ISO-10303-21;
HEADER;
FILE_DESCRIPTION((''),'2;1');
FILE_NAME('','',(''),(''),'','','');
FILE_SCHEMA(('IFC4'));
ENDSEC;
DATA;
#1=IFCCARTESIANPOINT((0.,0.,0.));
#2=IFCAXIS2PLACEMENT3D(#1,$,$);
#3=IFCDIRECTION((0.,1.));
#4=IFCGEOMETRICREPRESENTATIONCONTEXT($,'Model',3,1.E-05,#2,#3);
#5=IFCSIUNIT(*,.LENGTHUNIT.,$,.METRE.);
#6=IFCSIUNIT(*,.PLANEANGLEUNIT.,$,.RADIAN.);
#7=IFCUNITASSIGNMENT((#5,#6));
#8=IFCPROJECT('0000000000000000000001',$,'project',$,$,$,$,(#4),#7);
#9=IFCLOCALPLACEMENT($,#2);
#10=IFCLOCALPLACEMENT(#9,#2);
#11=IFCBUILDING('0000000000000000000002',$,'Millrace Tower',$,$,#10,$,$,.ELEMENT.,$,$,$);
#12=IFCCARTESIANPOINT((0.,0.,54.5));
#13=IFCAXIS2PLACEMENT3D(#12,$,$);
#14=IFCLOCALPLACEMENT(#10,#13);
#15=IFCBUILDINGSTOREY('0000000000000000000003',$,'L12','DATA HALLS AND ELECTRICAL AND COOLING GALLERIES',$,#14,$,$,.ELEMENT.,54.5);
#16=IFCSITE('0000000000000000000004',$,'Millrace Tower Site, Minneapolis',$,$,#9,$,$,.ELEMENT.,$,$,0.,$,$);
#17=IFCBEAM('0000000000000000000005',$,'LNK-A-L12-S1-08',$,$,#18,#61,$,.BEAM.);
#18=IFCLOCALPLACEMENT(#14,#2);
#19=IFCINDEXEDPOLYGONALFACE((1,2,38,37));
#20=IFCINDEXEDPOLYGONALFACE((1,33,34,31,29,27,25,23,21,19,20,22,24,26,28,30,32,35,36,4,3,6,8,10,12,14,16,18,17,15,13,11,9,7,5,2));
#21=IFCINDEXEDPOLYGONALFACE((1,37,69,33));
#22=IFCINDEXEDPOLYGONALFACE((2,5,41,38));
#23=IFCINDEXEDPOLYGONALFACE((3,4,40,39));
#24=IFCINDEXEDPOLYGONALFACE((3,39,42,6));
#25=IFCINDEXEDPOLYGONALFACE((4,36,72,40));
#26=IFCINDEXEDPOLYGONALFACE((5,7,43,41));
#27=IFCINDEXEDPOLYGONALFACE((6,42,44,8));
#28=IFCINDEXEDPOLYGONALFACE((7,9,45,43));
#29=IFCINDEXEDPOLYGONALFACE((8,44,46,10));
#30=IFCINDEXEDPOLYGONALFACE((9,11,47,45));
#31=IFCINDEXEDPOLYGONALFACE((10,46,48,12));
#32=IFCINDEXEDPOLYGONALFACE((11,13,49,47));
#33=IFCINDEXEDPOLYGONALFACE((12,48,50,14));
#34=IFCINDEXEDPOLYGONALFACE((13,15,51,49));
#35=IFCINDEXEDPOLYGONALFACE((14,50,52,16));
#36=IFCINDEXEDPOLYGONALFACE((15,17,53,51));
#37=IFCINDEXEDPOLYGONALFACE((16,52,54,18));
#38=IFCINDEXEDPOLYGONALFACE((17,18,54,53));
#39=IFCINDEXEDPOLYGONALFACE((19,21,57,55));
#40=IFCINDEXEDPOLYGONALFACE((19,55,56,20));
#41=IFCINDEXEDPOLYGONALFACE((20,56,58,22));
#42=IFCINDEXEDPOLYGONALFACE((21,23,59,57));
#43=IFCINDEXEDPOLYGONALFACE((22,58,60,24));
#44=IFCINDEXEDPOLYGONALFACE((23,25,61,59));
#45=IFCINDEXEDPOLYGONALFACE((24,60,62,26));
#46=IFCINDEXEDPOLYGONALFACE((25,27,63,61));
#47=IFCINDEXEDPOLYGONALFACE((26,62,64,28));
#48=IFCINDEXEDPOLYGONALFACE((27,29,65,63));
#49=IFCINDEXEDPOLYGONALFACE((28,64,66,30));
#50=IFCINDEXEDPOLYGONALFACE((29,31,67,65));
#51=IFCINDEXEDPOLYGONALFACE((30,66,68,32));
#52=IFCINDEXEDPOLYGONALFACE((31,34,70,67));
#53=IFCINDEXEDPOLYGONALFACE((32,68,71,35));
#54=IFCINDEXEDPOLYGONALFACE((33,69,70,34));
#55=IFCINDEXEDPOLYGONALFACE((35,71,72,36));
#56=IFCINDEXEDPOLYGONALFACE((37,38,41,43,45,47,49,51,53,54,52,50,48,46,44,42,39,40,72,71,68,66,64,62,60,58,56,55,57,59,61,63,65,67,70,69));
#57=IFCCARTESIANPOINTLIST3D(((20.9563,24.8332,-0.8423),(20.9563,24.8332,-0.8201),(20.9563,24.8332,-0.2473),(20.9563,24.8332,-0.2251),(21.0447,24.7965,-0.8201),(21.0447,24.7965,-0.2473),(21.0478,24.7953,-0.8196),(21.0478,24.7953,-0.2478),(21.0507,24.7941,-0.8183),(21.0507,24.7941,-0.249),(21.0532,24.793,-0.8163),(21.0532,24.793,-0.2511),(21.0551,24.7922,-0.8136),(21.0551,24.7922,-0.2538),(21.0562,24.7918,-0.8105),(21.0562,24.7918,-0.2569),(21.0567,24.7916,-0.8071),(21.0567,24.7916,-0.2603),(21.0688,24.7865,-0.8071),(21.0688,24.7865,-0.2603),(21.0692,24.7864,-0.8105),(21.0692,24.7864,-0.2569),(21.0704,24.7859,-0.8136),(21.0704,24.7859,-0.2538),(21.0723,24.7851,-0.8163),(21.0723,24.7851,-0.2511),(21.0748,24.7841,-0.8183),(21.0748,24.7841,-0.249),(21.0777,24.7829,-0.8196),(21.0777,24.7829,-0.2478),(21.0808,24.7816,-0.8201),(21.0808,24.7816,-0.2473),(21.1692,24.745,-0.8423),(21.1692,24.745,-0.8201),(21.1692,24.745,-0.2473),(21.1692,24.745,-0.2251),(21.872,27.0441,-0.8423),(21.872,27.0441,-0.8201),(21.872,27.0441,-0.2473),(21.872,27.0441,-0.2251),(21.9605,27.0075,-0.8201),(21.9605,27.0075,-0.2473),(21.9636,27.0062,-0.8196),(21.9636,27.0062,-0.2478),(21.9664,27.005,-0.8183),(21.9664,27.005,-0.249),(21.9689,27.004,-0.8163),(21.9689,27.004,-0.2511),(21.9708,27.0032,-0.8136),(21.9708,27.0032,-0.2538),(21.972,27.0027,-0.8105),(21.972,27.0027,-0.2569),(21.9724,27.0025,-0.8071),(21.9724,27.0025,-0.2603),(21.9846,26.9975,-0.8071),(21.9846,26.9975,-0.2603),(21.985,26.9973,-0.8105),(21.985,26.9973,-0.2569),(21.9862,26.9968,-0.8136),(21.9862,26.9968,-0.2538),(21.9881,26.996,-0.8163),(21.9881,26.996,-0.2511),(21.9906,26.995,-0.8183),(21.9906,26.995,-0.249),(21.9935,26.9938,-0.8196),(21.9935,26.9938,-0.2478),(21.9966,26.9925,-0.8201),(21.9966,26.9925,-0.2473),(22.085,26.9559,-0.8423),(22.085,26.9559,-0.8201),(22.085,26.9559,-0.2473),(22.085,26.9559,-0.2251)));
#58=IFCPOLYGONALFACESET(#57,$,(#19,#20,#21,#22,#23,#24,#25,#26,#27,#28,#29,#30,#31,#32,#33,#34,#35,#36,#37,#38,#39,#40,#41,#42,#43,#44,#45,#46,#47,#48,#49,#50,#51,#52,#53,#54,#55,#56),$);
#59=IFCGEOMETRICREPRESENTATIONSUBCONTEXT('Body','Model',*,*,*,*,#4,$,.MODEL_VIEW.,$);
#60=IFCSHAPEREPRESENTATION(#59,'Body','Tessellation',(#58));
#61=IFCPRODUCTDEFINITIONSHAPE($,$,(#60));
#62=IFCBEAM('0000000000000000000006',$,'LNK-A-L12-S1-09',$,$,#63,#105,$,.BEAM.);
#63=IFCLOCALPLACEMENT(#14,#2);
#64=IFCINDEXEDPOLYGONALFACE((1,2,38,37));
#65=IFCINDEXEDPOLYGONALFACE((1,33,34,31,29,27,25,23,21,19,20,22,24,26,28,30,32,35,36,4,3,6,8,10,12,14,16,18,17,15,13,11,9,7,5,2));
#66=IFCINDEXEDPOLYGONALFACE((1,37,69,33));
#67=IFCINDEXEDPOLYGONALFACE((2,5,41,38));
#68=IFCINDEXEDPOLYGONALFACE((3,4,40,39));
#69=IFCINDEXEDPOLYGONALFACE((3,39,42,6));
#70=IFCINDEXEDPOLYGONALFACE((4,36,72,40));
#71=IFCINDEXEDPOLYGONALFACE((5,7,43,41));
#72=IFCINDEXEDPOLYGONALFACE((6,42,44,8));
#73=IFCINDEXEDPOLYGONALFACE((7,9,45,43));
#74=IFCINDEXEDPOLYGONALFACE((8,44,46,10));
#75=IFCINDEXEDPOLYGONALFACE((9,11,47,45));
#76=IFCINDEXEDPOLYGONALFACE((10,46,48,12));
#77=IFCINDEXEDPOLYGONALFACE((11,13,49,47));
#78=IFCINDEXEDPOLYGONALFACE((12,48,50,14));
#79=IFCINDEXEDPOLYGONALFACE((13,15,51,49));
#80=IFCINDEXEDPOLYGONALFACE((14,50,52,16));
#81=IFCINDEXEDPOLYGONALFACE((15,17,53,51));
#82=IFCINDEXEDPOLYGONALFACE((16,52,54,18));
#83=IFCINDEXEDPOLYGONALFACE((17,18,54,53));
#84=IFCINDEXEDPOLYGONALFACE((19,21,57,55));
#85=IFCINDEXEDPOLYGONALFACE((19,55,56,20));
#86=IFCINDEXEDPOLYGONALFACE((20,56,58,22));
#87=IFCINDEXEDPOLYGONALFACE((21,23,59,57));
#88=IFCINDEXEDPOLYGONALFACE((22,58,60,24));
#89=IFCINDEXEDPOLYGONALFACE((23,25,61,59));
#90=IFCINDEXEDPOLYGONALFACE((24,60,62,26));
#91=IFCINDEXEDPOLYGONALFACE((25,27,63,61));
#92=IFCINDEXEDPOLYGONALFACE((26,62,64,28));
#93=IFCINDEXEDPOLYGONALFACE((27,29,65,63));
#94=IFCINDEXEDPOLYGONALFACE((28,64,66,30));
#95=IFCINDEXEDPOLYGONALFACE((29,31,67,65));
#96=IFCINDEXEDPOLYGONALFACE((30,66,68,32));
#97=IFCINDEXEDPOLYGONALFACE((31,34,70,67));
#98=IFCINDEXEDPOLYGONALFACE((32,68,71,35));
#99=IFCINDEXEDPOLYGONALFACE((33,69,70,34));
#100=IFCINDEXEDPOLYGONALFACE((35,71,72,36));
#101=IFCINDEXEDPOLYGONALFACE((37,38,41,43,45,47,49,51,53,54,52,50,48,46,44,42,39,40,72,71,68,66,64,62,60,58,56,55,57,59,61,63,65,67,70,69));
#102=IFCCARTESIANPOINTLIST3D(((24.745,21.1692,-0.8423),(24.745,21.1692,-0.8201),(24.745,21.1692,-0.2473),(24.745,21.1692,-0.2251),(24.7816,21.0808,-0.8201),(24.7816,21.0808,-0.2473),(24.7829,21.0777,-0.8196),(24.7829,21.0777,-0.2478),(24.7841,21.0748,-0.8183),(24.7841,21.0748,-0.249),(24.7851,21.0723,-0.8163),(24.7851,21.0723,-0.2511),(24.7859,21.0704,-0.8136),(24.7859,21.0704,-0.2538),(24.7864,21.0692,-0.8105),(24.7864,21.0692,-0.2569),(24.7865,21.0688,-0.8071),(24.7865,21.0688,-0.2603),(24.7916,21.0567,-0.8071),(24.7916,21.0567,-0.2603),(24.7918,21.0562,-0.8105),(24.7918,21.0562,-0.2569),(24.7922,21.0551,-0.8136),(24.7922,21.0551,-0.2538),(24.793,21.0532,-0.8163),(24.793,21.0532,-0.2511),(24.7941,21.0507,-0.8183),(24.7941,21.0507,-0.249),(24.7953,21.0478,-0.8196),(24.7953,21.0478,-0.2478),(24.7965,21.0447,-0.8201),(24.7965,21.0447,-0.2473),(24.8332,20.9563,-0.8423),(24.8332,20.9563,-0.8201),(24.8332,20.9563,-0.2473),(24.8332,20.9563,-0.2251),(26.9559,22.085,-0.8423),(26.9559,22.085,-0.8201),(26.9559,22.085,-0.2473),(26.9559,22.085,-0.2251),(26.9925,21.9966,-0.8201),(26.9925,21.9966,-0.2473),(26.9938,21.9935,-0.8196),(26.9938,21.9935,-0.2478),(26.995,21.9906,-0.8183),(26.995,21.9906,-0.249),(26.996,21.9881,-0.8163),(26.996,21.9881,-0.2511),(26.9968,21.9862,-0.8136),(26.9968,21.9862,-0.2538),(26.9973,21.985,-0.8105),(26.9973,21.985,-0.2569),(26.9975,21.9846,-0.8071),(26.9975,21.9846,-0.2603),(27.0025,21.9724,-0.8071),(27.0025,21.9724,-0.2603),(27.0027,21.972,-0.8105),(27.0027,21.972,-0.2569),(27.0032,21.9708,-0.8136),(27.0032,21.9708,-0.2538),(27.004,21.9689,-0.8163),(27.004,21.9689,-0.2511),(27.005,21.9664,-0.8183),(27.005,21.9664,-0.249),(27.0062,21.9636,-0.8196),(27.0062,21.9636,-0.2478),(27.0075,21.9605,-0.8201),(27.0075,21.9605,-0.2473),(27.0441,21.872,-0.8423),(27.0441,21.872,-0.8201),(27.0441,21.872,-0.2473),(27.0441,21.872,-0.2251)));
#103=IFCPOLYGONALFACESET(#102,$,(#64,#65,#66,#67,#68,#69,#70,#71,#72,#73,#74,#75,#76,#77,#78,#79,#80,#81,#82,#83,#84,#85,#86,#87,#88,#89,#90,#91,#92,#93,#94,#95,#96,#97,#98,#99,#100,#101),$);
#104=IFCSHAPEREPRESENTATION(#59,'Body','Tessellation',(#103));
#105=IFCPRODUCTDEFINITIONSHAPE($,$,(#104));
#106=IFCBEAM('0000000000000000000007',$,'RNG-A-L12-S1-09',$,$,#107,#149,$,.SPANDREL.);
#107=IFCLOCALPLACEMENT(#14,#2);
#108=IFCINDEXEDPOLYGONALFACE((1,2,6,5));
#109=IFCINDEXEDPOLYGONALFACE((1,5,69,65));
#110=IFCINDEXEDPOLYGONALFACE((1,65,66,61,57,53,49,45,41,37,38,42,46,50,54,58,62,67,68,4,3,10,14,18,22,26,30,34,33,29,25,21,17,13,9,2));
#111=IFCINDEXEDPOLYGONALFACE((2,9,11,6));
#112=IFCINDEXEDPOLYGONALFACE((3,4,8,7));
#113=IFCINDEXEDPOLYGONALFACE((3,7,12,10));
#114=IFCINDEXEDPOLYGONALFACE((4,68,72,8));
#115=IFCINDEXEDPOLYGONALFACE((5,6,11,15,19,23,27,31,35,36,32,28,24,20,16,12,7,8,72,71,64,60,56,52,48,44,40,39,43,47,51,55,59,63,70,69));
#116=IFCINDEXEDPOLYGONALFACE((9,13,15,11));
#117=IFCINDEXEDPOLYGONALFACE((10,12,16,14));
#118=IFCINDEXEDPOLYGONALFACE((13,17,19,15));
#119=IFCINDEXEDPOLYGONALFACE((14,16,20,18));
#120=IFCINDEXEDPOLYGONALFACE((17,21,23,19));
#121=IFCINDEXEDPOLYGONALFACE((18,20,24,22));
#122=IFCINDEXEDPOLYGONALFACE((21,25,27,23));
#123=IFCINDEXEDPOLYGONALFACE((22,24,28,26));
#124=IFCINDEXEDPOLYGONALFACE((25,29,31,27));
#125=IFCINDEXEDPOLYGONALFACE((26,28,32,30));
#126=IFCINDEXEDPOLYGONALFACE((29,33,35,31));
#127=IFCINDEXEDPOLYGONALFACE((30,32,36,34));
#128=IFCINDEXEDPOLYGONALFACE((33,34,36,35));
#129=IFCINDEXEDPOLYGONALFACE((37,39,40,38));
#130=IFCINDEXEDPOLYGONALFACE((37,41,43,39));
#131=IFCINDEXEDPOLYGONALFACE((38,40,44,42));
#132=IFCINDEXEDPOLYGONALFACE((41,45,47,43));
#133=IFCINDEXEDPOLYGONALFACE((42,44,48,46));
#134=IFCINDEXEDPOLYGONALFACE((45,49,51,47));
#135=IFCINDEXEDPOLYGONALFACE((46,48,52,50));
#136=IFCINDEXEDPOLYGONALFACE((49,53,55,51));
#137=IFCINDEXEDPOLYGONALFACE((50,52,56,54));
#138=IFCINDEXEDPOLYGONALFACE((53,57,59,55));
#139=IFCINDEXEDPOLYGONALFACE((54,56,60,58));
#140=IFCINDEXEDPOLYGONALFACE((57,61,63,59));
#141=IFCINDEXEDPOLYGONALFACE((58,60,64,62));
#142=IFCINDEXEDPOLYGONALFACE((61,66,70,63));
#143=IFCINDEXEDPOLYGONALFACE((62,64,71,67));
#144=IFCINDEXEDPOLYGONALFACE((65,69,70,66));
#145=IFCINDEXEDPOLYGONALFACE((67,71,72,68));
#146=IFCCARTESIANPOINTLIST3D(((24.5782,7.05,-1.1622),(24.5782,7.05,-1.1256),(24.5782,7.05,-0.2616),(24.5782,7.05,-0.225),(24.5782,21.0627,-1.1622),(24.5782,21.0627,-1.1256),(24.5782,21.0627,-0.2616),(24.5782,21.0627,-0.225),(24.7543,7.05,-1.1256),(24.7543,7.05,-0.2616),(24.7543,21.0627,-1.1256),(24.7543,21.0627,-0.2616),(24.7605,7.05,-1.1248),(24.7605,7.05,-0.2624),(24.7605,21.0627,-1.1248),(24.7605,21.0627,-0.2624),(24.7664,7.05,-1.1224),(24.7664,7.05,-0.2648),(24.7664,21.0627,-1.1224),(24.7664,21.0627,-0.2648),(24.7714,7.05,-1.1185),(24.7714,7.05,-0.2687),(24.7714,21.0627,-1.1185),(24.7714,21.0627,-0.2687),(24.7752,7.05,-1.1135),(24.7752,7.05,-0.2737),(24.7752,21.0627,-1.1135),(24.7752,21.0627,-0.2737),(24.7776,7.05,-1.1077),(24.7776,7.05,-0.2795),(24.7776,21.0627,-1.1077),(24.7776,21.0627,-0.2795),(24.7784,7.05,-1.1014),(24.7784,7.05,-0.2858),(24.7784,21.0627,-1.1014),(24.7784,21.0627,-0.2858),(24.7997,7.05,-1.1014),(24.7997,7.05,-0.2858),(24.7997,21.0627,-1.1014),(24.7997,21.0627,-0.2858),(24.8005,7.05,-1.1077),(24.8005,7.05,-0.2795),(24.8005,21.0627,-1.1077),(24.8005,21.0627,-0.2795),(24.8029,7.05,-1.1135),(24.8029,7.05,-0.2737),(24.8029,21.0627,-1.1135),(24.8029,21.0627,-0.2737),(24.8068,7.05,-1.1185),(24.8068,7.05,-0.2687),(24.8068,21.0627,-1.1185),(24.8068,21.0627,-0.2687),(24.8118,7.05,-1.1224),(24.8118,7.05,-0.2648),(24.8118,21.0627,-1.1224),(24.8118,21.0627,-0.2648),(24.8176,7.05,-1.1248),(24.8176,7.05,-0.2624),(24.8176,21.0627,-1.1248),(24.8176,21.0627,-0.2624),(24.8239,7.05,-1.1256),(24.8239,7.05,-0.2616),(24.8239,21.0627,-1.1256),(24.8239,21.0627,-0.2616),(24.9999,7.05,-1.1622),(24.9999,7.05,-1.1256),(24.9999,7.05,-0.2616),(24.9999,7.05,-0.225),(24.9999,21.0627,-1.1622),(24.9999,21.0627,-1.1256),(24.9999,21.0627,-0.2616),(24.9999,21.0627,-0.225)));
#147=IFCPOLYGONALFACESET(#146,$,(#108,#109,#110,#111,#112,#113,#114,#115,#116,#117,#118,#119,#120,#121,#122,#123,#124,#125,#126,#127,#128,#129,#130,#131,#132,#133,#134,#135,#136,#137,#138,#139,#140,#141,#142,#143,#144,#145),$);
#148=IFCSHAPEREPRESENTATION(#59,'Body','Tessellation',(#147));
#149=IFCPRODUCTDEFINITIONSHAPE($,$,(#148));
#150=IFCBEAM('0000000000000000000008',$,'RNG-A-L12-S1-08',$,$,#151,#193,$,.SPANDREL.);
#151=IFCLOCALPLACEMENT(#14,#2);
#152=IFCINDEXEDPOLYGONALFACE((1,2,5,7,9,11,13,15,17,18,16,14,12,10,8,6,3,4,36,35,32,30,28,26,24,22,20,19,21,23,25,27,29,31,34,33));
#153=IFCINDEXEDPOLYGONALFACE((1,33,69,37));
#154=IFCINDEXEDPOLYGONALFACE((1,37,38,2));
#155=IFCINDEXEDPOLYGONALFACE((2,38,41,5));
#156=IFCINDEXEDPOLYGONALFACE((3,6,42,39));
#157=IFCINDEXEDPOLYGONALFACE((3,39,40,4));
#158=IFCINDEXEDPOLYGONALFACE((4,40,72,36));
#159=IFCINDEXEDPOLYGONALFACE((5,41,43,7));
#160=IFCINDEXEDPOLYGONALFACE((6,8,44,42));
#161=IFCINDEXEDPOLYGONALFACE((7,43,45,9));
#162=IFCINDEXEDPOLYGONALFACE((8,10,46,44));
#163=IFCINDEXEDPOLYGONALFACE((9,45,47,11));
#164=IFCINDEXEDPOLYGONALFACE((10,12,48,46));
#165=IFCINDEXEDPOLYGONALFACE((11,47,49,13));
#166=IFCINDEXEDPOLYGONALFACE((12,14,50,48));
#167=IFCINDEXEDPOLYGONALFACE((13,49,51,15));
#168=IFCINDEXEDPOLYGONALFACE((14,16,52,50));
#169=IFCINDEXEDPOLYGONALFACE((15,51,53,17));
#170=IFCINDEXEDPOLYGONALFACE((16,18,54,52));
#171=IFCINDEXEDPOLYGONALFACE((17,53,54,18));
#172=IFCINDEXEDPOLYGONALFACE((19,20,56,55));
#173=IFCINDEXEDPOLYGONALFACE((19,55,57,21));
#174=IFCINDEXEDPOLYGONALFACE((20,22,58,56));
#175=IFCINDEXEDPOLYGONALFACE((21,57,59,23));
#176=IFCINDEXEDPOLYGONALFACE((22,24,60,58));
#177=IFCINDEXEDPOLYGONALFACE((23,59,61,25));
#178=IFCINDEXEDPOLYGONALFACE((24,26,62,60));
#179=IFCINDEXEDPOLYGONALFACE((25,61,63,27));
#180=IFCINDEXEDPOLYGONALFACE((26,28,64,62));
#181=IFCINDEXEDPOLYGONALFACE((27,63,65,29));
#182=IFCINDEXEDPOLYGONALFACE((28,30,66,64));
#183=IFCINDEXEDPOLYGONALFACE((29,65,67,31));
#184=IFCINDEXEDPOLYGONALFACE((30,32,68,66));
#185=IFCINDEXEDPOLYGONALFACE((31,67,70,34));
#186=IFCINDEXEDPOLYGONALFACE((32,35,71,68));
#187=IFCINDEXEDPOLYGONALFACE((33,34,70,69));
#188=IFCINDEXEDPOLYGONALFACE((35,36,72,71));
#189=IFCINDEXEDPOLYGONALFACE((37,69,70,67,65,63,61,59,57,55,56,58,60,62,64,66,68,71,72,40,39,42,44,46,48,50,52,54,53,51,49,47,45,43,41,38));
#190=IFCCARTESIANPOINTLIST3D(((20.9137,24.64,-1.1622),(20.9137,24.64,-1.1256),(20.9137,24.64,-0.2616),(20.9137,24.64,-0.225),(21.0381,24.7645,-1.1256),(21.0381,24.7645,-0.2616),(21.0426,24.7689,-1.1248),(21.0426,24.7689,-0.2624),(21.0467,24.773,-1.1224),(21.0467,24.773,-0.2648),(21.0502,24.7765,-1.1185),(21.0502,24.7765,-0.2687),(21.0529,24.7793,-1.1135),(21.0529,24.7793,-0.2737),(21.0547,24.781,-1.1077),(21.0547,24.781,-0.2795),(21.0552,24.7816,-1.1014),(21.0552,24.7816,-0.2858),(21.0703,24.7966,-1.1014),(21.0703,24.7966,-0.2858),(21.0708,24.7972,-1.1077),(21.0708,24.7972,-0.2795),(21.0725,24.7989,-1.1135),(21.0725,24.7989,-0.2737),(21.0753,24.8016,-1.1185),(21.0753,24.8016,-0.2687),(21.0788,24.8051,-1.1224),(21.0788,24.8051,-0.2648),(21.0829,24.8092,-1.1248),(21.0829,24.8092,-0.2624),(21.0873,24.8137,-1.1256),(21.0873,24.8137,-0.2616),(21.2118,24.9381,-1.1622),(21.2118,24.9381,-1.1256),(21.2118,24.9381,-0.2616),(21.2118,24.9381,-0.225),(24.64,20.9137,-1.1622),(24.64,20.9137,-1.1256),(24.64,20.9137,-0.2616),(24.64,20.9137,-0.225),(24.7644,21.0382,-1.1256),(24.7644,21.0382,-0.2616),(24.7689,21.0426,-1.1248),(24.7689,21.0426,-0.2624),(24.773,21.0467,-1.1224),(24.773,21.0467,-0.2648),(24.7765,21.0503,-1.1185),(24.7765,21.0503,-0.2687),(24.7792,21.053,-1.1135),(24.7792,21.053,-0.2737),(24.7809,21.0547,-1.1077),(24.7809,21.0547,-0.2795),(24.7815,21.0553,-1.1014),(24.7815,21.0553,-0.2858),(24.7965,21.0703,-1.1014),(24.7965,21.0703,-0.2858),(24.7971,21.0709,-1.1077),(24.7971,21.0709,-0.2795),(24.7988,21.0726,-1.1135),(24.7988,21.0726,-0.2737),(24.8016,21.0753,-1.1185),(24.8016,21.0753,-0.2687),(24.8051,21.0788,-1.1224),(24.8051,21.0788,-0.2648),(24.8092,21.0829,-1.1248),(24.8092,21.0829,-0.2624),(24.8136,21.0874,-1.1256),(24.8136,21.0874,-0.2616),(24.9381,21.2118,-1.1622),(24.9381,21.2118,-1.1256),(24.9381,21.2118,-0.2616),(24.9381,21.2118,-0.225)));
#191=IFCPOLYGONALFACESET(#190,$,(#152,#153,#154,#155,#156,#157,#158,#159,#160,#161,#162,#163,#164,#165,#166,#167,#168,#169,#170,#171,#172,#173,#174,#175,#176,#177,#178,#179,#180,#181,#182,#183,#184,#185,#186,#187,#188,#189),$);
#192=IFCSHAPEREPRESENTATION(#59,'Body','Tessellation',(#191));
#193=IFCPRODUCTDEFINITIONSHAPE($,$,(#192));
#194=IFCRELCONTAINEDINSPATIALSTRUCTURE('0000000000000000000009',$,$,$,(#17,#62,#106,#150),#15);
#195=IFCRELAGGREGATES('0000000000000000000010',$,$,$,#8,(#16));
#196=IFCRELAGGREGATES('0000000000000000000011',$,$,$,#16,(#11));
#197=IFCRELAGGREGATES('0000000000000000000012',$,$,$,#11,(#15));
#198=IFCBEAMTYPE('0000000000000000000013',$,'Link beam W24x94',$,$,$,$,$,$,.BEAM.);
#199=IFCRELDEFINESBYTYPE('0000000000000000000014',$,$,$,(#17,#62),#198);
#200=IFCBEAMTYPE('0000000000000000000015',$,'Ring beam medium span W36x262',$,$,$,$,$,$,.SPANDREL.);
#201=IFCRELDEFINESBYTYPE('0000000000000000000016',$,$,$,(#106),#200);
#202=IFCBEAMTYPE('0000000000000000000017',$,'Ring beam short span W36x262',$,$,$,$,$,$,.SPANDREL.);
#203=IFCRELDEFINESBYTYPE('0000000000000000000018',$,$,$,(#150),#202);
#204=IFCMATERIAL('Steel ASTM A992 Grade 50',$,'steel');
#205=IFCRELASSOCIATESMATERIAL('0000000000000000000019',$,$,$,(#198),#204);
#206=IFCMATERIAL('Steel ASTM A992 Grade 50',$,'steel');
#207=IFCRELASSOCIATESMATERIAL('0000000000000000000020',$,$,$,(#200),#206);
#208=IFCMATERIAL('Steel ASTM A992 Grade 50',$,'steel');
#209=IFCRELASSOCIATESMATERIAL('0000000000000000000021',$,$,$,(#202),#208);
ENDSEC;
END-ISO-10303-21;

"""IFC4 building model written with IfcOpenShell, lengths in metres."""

from ifc_helpers import new_model, si_unit, direction, frame, origin, origin_2d, place, context, subcontext, project, spatial, i_section, extrude, material, material_profile, profile_set, type_object, element, save


model = new_model("IFC4")

# Units and contexts
model_context = context("Model", 3, precision=1e-05, world=origin(), true_north=direction((0.0, 1.0)))
body_context = subcontext(model_context, "Body", "Model", "MODEL_VIEW")
ifc_project = project(units=[si_unit("LENGTHUNIT", "METRE"), si_unit("PLANEANGLEUNIT", "RADIAN")], contexts=[model_context])

# Site, building, storey
site_placement = place(None, origin())
site = spatial("IfcSite", under=ifc_project, at=site_placement, Name="Millrace Tower Site, Minneapolis", CompositionType="ELEMENT", RefElevation=0.0)
building_placement = place(site_placement, origin())
building = spatial("IfcBuilding", under=site, at=building_placement, Name="Millrace Tower", CompositionType="ELEMENT")
storey_placement = place(building_placement, frame((0.0, 0.0, 54.5)))
storey = spatial("IfcBuildingStorey", under=building, at=storey_placement, Name="L12", Description="DATA HALLS AND ELECTRICAL AND COOLING GALLERIES", CompositionType="ELEMENT", Elevation=54.5)

# Beams
ifc_material_1 = material(Name="Steel ASTM A992 Grade 50", Category="steel")
ifc_material_profile_1 = material_profile(ifc_material_1, i_section(OverallWidth=0.2305, OverallDepth=0.6172, WebThickness=0.0132, FlangeThickness=0.0222, FilletRadius=0.0129, at=origin_2d()))
ifc_profile_set_1 = profile_set([ifc_material_profile_1], Name="Steel ASTM A992 Grade 50")
beam_type_1 = type_object("IfcBeamType", Name="Link beam W24x94", PredefinedType="BEAM", material=ifc_profile_set_1)
for number, where, z_axis, x_axis, name in (
    (1, (21.0627, 24.7891, -0.5337), (0.382673, 0.923884, 0.0), (-0.923884, 0.382673, 0.0), "LNK-A-L12-S1-08"),
    (2, (24.7891, 21.0627, -0.5337), (0.923884, 0.382673, 0.0), (-0.382673, 0.923884, 0.0), "LNK-A-L12-S1-09"),
):
    element("IfcBeam", number, at=place(storey_placement, frame(where, z_axis=z_axis, x_axis=x_axis)), inside=storey, type_object=beam_type_1, Name=name, PredefinedType="BEAM", context=body_context, shape_type="SweptSolid", body=[
        extrude(i_section(OverallWidth=0.2305, OverallDepth=0.6172, WebThickness=0.0132, FlangeThickness=0.0222, FilletRadius=0.0129, at=origin_2d()), origin(), (0.0, 0.0, 1.0), 2.3931),
    ])
ifc_material_2 = material(Name="Steel ASTM A992 Grade 50", Category="steel")
ifc_material_profile_2 = material_profile(ifc_material_2, i_section(OverallWidth=0.4216, OverallDepth=0.9373, WebThickness=0.0212, FlangeThickness=0.0366, FilletRadius=0.0242, at=origin_2d()))
ifc_profile_set_2 = profile_set([ifc_material_profile_2], Name="Steel ASTM A992 Grade 50")
beam_type_2 = type_object("IfcBeamType", Name="Ring beam medium span W36x262", PredefinedType="SPANDREL", material=ifc_profile_set_2)
beam_1_placement = place(storey_placement, frame((24.7891, 21.0627, -0.6936), z_axis=(0.0, -1.0, 0.0), x_axis=(1.0, 0.0, 0.0)))
element("IfcBeam", 3, at=beam_1_placement, inside=storey, type_object=beam_type_2, Name="RNG-A-L12-S1-09", PredefinedType="SPANDREL", context=body_context, shape_type="SweptSolid", body=[
    extrude(i_section(OverallWidth=0.4216, OverallDepth=0.9373, WebThickness=0.0212, FlangeThickness=0.0366, FilletRadius=0.0242, at=origin_2d()), origin(), (0.0, 0.0, 1.0), 14.0127),
])
ifc_material_3 = material(Name="Steel ASTM A992 Grade 50", Category="steel")
ifc_material_profile_3 = material_profile(ifc_material_3, i_section(OverallWidth=0.4216, OverallDepth=0.9373, WebThickness=0.0212, FlangeThickness=0.0366, FilletRadius=0.0242, at=origin_2d()))
ifc_profile_set_3 = profile_set([ifc_material_profile_3], Name="Steel ASTM A992 Grade 50")
beam_type_3 = type_object("IfcBeamType", Name="Ring beam short span W36x262", PredefinedType="SPANDREL", material=ifc_profile_set_3)
beam_2_placement = place(storey_placement, frame((21.0627, 24.7891, -0.6936), z_axis=(0.707107, -0.707107, 0.0), x_axis=(0.707107, 0.707107, 0.0)))
element("IfcBeam", 4, at=beam_2_placement, inside=storey, type_object=beam_type_3, Name="RNG-A-L12-S1-08", PredefinedType="SPANDREL", context=body_context, shape_type="SweptSolid", body=[
    extrude(i_section(OverallWidth=0.4216, OverallDepth=0.9373, WebThickness=0.0212, FlangeThickness=0.0366, FilletRadius=0.0242, at=origin_2d()), origin(), (0.0, 0.0, 1.0), 5.2698),
])

save(model, "model.ifc")
